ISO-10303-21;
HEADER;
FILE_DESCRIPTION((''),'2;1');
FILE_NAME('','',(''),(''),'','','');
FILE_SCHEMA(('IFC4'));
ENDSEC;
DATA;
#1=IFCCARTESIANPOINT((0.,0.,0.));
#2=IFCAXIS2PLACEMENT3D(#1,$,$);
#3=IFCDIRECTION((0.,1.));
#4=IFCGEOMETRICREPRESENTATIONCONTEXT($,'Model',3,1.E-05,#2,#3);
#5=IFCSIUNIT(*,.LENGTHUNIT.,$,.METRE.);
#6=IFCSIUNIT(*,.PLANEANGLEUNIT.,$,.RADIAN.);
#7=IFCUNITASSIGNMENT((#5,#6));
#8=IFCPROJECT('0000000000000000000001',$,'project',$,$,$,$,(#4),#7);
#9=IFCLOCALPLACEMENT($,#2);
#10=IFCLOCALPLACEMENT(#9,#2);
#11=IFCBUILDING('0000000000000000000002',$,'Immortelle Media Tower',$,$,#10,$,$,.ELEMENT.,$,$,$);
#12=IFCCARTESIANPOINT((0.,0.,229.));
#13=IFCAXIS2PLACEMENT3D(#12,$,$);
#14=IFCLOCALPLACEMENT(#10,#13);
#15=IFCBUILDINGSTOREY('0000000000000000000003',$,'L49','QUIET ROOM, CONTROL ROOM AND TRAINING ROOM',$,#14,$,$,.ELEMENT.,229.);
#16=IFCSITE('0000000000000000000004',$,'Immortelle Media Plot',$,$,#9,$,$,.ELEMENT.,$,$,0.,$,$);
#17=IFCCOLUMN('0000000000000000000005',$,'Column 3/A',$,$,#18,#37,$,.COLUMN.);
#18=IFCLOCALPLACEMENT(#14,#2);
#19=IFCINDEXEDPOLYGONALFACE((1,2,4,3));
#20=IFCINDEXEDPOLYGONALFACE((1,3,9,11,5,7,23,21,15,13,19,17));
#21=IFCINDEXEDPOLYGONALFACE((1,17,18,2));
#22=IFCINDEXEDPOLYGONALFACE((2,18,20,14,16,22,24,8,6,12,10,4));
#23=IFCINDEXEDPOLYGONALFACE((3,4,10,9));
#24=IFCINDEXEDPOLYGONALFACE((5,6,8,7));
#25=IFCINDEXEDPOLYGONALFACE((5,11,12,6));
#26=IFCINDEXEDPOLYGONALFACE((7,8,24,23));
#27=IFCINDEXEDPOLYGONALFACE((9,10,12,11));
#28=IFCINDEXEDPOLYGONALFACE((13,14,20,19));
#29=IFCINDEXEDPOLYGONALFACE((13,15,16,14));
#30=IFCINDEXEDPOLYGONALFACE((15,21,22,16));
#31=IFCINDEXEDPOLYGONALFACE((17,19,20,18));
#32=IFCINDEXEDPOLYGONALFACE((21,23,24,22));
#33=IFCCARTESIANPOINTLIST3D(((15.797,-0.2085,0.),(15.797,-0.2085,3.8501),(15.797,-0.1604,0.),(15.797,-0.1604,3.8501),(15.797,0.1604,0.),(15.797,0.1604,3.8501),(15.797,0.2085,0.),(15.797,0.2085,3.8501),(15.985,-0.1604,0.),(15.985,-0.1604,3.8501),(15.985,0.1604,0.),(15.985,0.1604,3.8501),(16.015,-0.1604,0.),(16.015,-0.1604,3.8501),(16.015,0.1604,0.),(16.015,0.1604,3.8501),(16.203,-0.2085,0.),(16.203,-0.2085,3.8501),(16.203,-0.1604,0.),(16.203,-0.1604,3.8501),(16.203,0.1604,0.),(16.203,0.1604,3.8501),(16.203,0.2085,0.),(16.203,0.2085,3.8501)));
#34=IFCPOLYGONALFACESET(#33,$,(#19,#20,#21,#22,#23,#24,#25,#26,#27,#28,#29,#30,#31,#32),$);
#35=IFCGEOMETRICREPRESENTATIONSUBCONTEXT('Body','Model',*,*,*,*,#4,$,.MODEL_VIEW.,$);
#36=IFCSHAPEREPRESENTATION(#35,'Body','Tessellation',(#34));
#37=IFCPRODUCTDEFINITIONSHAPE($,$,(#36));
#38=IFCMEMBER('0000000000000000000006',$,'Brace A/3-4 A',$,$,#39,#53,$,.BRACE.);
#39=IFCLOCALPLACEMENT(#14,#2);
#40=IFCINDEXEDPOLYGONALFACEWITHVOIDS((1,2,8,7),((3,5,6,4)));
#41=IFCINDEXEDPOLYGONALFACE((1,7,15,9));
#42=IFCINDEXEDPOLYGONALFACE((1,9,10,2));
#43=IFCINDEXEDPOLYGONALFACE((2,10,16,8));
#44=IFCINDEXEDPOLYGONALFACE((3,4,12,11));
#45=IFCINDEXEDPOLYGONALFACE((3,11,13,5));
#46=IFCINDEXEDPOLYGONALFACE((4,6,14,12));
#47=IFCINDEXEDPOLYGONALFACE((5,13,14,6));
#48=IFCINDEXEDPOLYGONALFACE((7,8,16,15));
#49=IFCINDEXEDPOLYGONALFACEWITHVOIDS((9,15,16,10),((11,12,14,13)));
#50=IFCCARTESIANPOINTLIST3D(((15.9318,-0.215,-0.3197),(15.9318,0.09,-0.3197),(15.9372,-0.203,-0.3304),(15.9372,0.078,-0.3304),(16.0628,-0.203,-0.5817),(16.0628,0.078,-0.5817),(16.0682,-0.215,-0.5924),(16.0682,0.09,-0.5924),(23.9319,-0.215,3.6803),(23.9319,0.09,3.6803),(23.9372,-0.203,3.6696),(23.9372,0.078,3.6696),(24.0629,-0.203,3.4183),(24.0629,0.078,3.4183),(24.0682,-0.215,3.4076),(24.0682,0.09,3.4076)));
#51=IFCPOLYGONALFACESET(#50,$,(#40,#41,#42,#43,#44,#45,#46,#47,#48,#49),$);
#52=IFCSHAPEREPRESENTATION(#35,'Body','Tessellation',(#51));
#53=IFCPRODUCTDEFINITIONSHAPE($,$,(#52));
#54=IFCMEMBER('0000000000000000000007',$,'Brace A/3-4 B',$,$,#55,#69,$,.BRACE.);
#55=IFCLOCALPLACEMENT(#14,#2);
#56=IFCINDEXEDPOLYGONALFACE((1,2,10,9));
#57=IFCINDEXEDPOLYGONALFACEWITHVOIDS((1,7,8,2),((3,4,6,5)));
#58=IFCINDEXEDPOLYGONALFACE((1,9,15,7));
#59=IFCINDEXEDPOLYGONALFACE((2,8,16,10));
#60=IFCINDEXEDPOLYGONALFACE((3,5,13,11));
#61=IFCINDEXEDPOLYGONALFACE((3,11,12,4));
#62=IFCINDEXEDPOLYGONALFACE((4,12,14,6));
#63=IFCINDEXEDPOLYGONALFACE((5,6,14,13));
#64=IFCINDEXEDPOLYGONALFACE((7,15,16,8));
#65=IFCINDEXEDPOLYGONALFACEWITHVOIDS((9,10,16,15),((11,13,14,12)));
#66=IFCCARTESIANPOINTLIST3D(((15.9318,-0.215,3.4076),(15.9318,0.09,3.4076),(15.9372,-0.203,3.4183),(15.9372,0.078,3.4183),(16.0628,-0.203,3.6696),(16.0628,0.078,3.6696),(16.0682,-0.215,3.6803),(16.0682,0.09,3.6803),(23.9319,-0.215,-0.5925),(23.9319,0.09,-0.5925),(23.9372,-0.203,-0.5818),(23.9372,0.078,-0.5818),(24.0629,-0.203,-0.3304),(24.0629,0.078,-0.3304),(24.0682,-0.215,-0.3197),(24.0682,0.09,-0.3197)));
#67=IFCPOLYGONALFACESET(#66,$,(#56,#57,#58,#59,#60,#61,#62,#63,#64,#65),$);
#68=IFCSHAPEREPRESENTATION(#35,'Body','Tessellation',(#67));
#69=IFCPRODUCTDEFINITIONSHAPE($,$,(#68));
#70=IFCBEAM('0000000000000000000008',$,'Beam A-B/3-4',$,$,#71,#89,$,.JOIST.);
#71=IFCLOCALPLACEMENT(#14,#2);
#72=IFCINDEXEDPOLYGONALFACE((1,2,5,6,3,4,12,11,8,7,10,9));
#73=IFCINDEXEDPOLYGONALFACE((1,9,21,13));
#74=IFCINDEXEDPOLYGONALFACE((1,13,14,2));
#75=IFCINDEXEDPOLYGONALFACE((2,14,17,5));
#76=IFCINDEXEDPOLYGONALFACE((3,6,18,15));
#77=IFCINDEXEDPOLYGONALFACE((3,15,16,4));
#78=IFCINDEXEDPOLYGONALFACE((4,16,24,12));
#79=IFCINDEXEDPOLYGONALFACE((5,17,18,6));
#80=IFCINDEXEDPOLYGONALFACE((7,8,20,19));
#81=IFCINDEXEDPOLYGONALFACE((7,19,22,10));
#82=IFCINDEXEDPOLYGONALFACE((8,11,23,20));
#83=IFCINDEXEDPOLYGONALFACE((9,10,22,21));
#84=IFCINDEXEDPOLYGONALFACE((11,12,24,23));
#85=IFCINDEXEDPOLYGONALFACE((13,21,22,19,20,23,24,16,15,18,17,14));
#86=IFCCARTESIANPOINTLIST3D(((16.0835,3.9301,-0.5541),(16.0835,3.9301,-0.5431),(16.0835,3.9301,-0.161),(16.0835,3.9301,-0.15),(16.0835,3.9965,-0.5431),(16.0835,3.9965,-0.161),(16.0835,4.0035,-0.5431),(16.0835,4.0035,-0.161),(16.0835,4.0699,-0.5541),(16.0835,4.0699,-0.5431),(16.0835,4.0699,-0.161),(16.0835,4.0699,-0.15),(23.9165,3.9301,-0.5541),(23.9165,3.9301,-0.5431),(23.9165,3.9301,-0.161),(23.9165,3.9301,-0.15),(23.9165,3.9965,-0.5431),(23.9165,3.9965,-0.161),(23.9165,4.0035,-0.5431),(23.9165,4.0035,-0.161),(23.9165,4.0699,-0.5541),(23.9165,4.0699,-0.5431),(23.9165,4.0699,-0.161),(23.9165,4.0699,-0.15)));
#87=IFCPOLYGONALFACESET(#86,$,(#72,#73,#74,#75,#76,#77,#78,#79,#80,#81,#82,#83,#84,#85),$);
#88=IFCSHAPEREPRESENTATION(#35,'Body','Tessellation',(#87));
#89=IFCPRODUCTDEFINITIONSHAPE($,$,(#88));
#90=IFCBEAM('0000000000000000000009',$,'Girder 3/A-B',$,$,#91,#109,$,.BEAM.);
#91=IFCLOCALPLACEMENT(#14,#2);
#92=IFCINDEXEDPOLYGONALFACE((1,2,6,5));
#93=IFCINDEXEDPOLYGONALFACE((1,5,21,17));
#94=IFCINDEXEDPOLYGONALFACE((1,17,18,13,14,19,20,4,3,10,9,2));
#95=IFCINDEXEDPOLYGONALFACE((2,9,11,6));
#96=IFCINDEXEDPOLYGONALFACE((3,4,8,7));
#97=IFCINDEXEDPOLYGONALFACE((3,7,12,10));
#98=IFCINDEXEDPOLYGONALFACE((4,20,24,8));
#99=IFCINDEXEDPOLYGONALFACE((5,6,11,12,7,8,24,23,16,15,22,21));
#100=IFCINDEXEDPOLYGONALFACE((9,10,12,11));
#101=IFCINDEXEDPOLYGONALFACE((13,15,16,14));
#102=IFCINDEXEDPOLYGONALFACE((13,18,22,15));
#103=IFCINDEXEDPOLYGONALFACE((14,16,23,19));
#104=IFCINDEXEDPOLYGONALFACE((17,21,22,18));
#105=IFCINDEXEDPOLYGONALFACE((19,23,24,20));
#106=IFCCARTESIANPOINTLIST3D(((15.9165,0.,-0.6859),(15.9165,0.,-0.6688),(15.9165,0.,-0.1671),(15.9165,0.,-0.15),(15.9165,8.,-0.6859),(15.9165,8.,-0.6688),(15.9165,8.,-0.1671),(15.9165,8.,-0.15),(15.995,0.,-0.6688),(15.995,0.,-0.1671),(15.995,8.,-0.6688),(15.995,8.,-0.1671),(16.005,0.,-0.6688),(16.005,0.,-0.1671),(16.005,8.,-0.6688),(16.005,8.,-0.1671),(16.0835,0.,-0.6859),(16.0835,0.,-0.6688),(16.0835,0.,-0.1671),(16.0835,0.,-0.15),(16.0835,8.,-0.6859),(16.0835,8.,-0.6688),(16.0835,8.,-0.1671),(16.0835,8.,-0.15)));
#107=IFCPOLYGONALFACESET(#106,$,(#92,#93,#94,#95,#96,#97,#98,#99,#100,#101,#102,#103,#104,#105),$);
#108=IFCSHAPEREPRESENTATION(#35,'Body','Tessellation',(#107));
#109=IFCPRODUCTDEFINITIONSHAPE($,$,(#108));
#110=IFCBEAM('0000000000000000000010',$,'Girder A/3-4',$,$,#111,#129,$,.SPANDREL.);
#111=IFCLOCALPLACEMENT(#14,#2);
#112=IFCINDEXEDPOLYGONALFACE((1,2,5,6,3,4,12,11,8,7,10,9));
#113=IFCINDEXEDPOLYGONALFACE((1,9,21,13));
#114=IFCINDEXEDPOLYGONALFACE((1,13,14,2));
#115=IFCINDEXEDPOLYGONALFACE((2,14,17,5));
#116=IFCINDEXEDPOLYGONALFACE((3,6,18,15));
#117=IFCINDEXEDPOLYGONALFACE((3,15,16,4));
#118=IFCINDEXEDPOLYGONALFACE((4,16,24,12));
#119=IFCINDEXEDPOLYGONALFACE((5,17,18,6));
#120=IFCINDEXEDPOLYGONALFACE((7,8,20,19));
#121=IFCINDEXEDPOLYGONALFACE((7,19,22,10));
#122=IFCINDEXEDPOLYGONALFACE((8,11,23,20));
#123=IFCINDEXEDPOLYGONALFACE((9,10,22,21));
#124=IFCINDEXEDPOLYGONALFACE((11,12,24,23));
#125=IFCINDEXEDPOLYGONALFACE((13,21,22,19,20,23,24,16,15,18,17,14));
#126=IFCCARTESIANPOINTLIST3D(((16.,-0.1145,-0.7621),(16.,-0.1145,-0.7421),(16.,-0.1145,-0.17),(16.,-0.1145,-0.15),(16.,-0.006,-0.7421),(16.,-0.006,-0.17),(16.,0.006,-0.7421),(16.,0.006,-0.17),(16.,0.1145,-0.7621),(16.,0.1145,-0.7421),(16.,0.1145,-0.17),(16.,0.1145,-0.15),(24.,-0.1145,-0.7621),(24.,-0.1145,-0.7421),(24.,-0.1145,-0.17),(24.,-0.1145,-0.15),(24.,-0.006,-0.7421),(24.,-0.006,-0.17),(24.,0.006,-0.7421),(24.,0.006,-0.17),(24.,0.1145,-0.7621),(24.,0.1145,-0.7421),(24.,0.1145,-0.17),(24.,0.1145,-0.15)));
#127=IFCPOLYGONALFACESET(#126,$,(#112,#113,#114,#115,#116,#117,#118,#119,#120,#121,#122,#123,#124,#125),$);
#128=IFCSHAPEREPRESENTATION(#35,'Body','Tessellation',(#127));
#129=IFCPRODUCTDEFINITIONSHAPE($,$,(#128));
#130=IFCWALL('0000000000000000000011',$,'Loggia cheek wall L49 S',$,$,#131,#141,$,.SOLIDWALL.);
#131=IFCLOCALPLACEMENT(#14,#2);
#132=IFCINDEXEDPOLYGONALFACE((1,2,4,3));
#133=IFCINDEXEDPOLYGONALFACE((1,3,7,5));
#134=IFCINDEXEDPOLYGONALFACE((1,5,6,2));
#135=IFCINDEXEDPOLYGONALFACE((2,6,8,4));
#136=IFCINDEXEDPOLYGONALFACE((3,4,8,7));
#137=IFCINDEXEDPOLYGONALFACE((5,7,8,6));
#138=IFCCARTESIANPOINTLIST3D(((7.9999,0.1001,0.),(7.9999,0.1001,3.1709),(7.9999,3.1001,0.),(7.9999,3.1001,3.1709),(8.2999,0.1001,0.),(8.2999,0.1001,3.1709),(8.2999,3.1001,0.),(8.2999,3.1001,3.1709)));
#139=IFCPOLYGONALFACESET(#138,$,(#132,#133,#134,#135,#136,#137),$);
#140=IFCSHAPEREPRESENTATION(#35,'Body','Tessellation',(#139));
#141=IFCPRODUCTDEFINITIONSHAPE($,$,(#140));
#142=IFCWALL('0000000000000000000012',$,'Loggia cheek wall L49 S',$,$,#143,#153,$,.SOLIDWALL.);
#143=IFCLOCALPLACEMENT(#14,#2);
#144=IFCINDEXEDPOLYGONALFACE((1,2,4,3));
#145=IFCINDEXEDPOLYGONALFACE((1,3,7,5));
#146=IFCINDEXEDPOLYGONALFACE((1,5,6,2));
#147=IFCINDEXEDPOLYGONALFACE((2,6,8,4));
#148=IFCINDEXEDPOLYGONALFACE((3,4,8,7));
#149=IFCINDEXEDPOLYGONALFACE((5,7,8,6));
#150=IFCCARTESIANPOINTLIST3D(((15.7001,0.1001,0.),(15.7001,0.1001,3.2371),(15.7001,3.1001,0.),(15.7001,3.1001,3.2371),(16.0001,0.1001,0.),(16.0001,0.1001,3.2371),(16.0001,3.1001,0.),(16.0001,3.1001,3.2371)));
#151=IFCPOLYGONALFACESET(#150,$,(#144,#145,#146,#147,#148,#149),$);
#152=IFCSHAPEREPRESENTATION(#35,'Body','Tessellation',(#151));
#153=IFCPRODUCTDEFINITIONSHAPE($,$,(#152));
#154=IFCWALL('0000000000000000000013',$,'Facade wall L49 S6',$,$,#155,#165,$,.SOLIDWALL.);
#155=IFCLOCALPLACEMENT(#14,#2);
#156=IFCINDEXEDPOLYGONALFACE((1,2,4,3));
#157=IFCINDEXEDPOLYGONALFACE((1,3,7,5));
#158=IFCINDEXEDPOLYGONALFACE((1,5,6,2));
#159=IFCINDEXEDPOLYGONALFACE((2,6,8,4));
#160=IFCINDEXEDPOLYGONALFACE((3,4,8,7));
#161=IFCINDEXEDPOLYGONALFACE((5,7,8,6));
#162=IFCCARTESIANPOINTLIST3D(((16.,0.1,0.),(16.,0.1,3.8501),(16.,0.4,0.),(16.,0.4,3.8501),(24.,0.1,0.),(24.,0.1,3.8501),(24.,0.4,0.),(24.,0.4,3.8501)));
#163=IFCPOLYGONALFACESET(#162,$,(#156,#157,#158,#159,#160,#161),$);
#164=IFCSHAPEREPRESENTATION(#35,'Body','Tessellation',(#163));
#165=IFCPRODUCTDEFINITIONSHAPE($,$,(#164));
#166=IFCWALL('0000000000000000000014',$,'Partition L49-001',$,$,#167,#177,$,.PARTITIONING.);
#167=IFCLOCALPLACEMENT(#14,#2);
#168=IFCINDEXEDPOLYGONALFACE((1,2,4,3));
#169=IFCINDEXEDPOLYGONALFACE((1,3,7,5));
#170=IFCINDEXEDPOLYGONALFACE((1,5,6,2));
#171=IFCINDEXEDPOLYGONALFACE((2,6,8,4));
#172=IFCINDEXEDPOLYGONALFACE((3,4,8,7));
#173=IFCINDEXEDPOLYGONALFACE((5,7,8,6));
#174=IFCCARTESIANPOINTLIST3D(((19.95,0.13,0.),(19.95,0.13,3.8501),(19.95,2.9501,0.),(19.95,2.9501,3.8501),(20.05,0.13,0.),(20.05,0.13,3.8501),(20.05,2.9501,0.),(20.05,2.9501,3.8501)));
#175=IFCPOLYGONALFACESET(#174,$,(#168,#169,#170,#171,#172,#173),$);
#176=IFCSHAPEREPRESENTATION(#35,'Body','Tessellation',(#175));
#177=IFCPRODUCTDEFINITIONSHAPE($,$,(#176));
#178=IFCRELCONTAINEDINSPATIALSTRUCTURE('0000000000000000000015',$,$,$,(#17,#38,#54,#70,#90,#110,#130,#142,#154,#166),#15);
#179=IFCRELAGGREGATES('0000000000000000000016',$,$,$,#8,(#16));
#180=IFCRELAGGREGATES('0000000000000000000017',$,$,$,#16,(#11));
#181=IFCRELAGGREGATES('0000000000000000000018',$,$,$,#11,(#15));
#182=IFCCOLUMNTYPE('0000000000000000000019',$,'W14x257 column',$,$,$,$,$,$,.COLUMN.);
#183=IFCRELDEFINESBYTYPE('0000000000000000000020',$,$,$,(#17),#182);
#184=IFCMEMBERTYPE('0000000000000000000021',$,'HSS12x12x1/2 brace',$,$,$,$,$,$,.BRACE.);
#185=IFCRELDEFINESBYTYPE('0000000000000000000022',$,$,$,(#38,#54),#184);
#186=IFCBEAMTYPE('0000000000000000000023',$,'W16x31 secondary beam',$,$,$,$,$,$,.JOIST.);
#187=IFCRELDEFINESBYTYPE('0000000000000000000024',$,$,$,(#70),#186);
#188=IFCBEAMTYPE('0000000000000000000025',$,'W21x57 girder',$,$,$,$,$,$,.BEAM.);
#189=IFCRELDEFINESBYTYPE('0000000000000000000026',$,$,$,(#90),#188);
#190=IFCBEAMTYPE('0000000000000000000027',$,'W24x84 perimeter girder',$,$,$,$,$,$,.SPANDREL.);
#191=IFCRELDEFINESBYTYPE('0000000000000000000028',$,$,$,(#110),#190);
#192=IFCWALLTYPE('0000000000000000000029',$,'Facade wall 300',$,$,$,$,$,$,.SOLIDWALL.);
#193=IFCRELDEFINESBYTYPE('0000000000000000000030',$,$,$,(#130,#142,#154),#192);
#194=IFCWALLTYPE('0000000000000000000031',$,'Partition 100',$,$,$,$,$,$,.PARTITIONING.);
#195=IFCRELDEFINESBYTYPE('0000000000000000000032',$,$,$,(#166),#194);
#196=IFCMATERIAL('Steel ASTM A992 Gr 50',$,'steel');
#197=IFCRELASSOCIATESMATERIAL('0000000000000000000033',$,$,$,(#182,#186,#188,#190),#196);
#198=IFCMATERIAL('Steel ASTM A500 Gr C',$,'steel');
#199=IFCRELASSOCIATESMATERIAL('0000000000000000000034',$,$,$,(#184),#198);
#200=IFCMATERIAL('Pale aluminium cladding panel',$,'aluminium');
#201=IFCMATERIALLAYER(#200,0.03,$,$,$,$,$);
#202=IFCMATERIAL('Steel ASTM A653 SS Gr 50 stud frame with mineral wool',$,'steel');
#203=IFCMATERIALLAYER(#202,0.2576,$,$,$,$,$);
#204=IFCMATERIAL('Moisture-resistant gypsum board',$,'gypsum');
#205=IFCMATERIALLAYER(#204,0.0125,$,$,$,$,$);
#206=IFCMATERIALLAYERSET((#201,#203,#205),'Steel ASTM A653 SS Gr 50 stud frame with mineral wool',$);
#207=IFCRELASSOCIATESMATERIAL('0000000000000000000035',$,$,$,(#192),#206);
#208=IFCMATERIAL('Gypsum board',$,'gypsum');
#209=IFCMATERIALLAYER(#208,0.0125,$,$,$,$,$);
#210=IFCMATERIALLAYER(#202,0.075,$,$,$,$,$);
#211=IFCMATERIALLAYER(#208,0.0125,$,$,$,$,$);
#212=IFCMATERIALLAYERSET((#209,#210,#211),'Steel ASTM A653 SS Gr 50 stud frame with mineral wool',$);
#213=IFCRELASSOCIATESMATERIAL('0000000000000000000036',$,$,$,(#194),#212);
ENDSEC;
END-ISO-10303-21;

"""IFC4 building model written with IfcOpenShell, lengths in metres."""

from ifc_helpers import new_model, si_unit, direction, frame, frame_2d, origin, origin_2d, place, context, subcontext, project, spatial, rectangle, hollow_rectangle, i_section, extrude, material, layer, layer_set, material_profile, profile_set, type_object, element, save


model = new_model("IFC4")

# Units and contexts
model_context = context("Model", 3, precision=1e-05, world=origin(), true_north=direction((0.0, 1.0)))
body_context = subcontext(model_context, "Body", "Model", "MODEL_VIEW")
ifc_project = project(units=[si_unit("LENGTHUNIT", "METRE"), si_unit("PLANEANGLEUNIT", "RADIAN")], contexts=[model_context])

# Site, building, storey
site_placement = place(None, origin())
site = spatial("IfcSite", under=ifc_project, at=site_placement, Name="Immortelle Media Plot", CompositionType="ELEMENT", RefElevation=0.0)
building_placement = place(site_placement, origin())
building = spatial("IfcBuilding", under=site, at=building_placement, Name="Immortelle Media Tower", CompositionType="ELEMENT")
storey_placement = place(building_placement, frame((0.0, 0.0, 229.0)))
storey = spatial("IfcBuildingStorey", under=building, at=storey_placement, Name="L49", Description="QUIET ROOM, CONTROL ROOM AND TRAINING ROOM", CompositionType="ELEMENT", Elevation=229.0)

# Column
ifc_material_1 = material(Name="Steel ASTM A992 Gr 50", Category="steel")
ifc_material_profile_1 = material_profile(ifc_material_1, i_section(OverallWidth=0.406, OverallDepth=0.417, WebThickness=0.03, FlangeThickness=0.0481, at=origin_2d()), Name="W14x257")
ifc_profile_set_1 = profile_set([ifc_material_profile_1], Name="Steel ASTM A992 Gr 50")
column_type = type_object("IfcColumnType", Name="W14x257 column", PredefinedType="COLUMN", material=ifc_profile_set_1)
column_placement = place(storey_placement, frame((16.0, 0.0, 0.0), z_axis=(0.0, 0.0, 1.0), x_axis=(1.0, 0.0, 0.0)))
element("IfcColumn", 1, at=column_placement, inside=storey, type_object=column_type, Name="Column 3/A", PredefinedType="COLUMN", context=body_context, shape_type="SweptSolid", body=[
    extrude(i_section(OverallWidth=0.406, OverallDepth=0.417, WebThickness=0.03, FlangeThickness=0.0481, at=origin_2d()), origin(), (0.0, 0.0, 1.0), 3.8501),
])

# Members
ifc_material_2 = material(Name="Steel ASTM A500 Gr C", Category="steel")
ifc_material_profile_2 = material_profile(ifc_material_2, hollow_rectangle(XDim=0.3049, YDim=0.3049, WallThickness=0.012, at=origin_2d()), Name="HSS12x12x1/2 brace")
ifc_profile_set_2 = profile_set([ifc_material_profile_2], Name="Steel ASTM A500 Gr C")
member_type = type_object("IfcMemberType", Name="HSS12x12x1/2 brace", PredefinedType="BRACE", material=ifc_profile_set_2)
for number, where, z_axis, x_axis, name in (
    (2, (16.0, -0.0625, -0.4561), (0.894427, 0.0, 0.447214), (0.0, 1.0, 0.0), "Brace A/3-4 A"),
    (3, (16.0, -0.0625, 3.5439), (0.894427, 0.0, -0.447214), (0.0, 1.0, 0.0), "Brace A/3-4 B"),
):
    element("IfcMember", number, at=place(storey_placement, frame(where, z_axis=z_axis, x_axis=x_axis)), inside=storey, type_object=member_type, Name=name, PredefinedType="BRACE", context=body_context, shape_type="SweptSolid", body=[
        extrude(hollow_rectangle(XDim=0.3049, YDim=0.3049, WallThickness=0.012, at=origin_2d()), origin(), (0.0, 0.0, 1.0), 8.9443),
    ])

# Beams
ifc_material_profile_3 = material_profile(ifc_material_1, i_section(OverallWidth=0.1399, OverallDepth=0.4041, WebThickness=0.0071, FlangeThickness=0.011, at=origin_2d()), Name="W16x31")
ifc_profile_set_3 = profile_set([ifc_material_profile_3], Name="Steel ASTM A992 Gr 50")
beam_type_1 = type_object("IfcBeamType", Name="W16x31 secondary beam", PredefinedType="JOIST", material=ifc_profile_set_3)
beam_1_placement = place(storey_placement, frame((16.0835, 4.0, -0.3521), z_axis=(1.0, 0.0, 0.0), x_axis=(0.0, 1.0, 0.0)))
element("IfcBeam", 4, at=beam_1_placement, inside=storey, type_object=beam_type_1, Name="Beam A-B/3-4", PredefinedType="JOIST", context=body_context, shape_type="SweptSolid", body=[
    extrude(i_section(OverallWidth=0.1399, OverallDepth=0.4041, WebThickness=0.0071, FlangeThickness=0.011, at=origin_2d()), origin(), (0.0, 0.0, 1.0), 7.833),
])
ifc_material_profile_4 = material_profile(ifc_material_1, i_section(OverallWidth=0.167, OverallDepth=0.5359, WebThickness=0.01, FlangeThickness=0.0171, at=origin_2d()), Name="W21x57")
ifc_profile_set_4 = profile_set([ifc_material_profile_4], Name="Steel ASTM A992 Gr 50")
beam_type_2 = type_object("IfcBeamType", Name="W21x57 girder", PredefinedType="BEAM", material=ifc_profile_set_4)
beam_2_placement = place(storey_placement, frame((16.0, 0.0, -0.418), z_axis=(0.0, 1.0, 0.0), x_axis=(-1.0, 0.0, 0.0)))
element("IfcBeam", 5, at=beam_2_placement, inside=storey, type_object=beam_type_2, Name="Girder 3/A-B", PredefinedType="BEAM", context=body_context, shape_type="SweptSolid", body=[
    extrude(i_section(OverallWidth=0.167, OverallDepth=0.5359, WebThickness=0.01, FlangeThickness=0.0171, at=origin_2d()), origin(), (0.0, 0.0, 1.0), 8.0),
])
ifc_material_profile_5 = material_profile(ifc_material_1, i_section(OverallWidth=0.229, OverallDepth=0.6121, WebThickness=0.012, FlangeThickness=0.02, at=origin_2d()), Name="W24x84")
ifc_profile_set_5 = profile_set([ifc_material_profile_5], Name="Steel ASTM A992 Gr 50")
beam_type_3 = type_object("IfcBeamType", Name="W24x84 perimeter girder", PredefinedType="SPANDREL", material=ifc_profile_set_5)
beam_3_placement = place(storey_placement, frame((16.0, 0.0, -0.4561), z_axis=(1.0, 0.0, 0.0), x_axis=(0.0, 1.0, 0.0)))
element("IfcBeam", 6, at=beam_3_placement, inside=storey, type_object=beam_type_3, Name="Girder A/3-4", PredefinedType="SPANDREL", context=body_context, shape_type="SweptSolid", body=[
    extrude(i_section(OverallWidth=0.229, OverallDepth=0.6121, WebThickness=0.012, FlangeThickness=0.02, at=origin_2d()), origin(), (0.0, 0.0, 1.0), 8.0),
])

# Shared definitions
ifc_material_3 = material(Name="Pale aluminium cladding panel", Category="aluminium")
ifc_layer_1 = layer(ifc_material_3, 0.03)
ifc_material_4 = material(Name="Steel ASTM A653 SS Gr 50 stud frame with mineral wool", Category="steel")
ifc_layer_2 = layer(ifc_material_4, 0.2576)
ifc_material_5 = material(Name="Moisture-resistant gypsum board", Category="gypsum")
ifc_layer_3 = layer(ifc_material_5, 0.0125)
ifc_layer_set_1 = layer_set([ifc_layer_1, ifc_layer_2, ifc_layer_3], Name="Steel ASTM A653 SS Gr 50 stud frame with mineral wool")
wall_type_1 = type_object("IfcWallType", Name="Facade wall 300", PredefinedType="SOLIDWALL", material=ifc_layer_set_1)

# Walls
wall_1_placement = place(storey_placement, frame((8.1499, 0.1001, 0.0), z_axis=(0.0, 0.0, 1.0), x_axis=(0.0, 1.0, 0.0)))
element("IfcWall", 7, at=wall_1_placement, inside=storey, type_object=wall_type_1, Name="Loggia cheek wall L49 S", PredefinedType="SOLIDWALL", context=body_context, shape_type="SweptSolid", body=[
    extrude(rectangle(XDim=3.0, YDim=0.3, at=frame_2d((1.5, 0.0))), origin(), (0.0, 0.0, 1.0), 3.1709),
])
wall_2_placement = place(storey_placement, frame((15.8501, 0.1001, 0.0), z_axis=(0.0, 0.0, 1.0), x_axis=(0.0, 1.0, 0.0)))
element("IfcWall", 8, at=wall_2_placement, inside=storey, type_object=wall_type_1, Name="Loggia cheek wall L49 S", PredefinedType="SOLIDWALL", context=body_context, shape_type="SweptSolid", body=[
    extrude(rectangle(XDim=3.0, YDim=0.3, at=frame_2d((1.5, 0.0))), origin(), (0.0, 0.0, 1.0), 3.2371),
])
wall_3_placement = place(storey_placement, frame((16.0, 0.25, 0.0), z_axis=(0.0, 0.0, 1.0), x_axis=(1.0, 0.0, 0.0)))
element("IfcWall", 9, at=wall_3_placement, inside=storey, type_object=wall_type_1, Name="Facade wall L49 S6", PredefinedType="SOLIDWALL", context=body_context, shape_type="SweptSolid", body=[
    extrude(rectangle(XDim=8.0, YDim=0.3, at=frame_2d((4.0, 0.0))), origin(), (0.0, 0.0, 1.0), 3.8501),
])
ifc_material_6 = material(Name="Gypsum board", Category="gypsum")
ifc_layer_4 = layer(ifc_material_6, 0.0125)
ifc_layer_5 = layer(ifc_material_4, 0.075)
ifc_layer_6 = layer(ifc_material_6, 0.0125)
ifc_layer_set_2 = layer_set([ifc_layer_4, ifc_layer_5, ifc_layer_6], Name="Steel ASTM A653 SS Gr 50 stud frame with mineral wool")
wall_type_2 = type_object("IfcWallType", Name="Partition 100", PredefinedType="PARTITIONING", material=ifc_layer_set_2)
wall_4_placement = place(storey_placement, frame((20.0, 0.1299, 0.0), z_axis=(0.0, 0.0, 1.0), x_axis=(0.0, 1.0, 0.0)))
element("IfcWall", 10, at=wall_4_placement, inside=storey, type_object=wall_type_2, Name="Partition L49-001", PredefinedType="PARTITIONING", context=body_context, shape_type="SweptSolid", body=[
    extrude(rectangle(XDim=2.8201, YDim=0.1001, at=frame_2d((1.4102, 0.0))), origin(), (0.0, 0.0, 1.0), 3.8501),
])

save(model, "model.ifc")
